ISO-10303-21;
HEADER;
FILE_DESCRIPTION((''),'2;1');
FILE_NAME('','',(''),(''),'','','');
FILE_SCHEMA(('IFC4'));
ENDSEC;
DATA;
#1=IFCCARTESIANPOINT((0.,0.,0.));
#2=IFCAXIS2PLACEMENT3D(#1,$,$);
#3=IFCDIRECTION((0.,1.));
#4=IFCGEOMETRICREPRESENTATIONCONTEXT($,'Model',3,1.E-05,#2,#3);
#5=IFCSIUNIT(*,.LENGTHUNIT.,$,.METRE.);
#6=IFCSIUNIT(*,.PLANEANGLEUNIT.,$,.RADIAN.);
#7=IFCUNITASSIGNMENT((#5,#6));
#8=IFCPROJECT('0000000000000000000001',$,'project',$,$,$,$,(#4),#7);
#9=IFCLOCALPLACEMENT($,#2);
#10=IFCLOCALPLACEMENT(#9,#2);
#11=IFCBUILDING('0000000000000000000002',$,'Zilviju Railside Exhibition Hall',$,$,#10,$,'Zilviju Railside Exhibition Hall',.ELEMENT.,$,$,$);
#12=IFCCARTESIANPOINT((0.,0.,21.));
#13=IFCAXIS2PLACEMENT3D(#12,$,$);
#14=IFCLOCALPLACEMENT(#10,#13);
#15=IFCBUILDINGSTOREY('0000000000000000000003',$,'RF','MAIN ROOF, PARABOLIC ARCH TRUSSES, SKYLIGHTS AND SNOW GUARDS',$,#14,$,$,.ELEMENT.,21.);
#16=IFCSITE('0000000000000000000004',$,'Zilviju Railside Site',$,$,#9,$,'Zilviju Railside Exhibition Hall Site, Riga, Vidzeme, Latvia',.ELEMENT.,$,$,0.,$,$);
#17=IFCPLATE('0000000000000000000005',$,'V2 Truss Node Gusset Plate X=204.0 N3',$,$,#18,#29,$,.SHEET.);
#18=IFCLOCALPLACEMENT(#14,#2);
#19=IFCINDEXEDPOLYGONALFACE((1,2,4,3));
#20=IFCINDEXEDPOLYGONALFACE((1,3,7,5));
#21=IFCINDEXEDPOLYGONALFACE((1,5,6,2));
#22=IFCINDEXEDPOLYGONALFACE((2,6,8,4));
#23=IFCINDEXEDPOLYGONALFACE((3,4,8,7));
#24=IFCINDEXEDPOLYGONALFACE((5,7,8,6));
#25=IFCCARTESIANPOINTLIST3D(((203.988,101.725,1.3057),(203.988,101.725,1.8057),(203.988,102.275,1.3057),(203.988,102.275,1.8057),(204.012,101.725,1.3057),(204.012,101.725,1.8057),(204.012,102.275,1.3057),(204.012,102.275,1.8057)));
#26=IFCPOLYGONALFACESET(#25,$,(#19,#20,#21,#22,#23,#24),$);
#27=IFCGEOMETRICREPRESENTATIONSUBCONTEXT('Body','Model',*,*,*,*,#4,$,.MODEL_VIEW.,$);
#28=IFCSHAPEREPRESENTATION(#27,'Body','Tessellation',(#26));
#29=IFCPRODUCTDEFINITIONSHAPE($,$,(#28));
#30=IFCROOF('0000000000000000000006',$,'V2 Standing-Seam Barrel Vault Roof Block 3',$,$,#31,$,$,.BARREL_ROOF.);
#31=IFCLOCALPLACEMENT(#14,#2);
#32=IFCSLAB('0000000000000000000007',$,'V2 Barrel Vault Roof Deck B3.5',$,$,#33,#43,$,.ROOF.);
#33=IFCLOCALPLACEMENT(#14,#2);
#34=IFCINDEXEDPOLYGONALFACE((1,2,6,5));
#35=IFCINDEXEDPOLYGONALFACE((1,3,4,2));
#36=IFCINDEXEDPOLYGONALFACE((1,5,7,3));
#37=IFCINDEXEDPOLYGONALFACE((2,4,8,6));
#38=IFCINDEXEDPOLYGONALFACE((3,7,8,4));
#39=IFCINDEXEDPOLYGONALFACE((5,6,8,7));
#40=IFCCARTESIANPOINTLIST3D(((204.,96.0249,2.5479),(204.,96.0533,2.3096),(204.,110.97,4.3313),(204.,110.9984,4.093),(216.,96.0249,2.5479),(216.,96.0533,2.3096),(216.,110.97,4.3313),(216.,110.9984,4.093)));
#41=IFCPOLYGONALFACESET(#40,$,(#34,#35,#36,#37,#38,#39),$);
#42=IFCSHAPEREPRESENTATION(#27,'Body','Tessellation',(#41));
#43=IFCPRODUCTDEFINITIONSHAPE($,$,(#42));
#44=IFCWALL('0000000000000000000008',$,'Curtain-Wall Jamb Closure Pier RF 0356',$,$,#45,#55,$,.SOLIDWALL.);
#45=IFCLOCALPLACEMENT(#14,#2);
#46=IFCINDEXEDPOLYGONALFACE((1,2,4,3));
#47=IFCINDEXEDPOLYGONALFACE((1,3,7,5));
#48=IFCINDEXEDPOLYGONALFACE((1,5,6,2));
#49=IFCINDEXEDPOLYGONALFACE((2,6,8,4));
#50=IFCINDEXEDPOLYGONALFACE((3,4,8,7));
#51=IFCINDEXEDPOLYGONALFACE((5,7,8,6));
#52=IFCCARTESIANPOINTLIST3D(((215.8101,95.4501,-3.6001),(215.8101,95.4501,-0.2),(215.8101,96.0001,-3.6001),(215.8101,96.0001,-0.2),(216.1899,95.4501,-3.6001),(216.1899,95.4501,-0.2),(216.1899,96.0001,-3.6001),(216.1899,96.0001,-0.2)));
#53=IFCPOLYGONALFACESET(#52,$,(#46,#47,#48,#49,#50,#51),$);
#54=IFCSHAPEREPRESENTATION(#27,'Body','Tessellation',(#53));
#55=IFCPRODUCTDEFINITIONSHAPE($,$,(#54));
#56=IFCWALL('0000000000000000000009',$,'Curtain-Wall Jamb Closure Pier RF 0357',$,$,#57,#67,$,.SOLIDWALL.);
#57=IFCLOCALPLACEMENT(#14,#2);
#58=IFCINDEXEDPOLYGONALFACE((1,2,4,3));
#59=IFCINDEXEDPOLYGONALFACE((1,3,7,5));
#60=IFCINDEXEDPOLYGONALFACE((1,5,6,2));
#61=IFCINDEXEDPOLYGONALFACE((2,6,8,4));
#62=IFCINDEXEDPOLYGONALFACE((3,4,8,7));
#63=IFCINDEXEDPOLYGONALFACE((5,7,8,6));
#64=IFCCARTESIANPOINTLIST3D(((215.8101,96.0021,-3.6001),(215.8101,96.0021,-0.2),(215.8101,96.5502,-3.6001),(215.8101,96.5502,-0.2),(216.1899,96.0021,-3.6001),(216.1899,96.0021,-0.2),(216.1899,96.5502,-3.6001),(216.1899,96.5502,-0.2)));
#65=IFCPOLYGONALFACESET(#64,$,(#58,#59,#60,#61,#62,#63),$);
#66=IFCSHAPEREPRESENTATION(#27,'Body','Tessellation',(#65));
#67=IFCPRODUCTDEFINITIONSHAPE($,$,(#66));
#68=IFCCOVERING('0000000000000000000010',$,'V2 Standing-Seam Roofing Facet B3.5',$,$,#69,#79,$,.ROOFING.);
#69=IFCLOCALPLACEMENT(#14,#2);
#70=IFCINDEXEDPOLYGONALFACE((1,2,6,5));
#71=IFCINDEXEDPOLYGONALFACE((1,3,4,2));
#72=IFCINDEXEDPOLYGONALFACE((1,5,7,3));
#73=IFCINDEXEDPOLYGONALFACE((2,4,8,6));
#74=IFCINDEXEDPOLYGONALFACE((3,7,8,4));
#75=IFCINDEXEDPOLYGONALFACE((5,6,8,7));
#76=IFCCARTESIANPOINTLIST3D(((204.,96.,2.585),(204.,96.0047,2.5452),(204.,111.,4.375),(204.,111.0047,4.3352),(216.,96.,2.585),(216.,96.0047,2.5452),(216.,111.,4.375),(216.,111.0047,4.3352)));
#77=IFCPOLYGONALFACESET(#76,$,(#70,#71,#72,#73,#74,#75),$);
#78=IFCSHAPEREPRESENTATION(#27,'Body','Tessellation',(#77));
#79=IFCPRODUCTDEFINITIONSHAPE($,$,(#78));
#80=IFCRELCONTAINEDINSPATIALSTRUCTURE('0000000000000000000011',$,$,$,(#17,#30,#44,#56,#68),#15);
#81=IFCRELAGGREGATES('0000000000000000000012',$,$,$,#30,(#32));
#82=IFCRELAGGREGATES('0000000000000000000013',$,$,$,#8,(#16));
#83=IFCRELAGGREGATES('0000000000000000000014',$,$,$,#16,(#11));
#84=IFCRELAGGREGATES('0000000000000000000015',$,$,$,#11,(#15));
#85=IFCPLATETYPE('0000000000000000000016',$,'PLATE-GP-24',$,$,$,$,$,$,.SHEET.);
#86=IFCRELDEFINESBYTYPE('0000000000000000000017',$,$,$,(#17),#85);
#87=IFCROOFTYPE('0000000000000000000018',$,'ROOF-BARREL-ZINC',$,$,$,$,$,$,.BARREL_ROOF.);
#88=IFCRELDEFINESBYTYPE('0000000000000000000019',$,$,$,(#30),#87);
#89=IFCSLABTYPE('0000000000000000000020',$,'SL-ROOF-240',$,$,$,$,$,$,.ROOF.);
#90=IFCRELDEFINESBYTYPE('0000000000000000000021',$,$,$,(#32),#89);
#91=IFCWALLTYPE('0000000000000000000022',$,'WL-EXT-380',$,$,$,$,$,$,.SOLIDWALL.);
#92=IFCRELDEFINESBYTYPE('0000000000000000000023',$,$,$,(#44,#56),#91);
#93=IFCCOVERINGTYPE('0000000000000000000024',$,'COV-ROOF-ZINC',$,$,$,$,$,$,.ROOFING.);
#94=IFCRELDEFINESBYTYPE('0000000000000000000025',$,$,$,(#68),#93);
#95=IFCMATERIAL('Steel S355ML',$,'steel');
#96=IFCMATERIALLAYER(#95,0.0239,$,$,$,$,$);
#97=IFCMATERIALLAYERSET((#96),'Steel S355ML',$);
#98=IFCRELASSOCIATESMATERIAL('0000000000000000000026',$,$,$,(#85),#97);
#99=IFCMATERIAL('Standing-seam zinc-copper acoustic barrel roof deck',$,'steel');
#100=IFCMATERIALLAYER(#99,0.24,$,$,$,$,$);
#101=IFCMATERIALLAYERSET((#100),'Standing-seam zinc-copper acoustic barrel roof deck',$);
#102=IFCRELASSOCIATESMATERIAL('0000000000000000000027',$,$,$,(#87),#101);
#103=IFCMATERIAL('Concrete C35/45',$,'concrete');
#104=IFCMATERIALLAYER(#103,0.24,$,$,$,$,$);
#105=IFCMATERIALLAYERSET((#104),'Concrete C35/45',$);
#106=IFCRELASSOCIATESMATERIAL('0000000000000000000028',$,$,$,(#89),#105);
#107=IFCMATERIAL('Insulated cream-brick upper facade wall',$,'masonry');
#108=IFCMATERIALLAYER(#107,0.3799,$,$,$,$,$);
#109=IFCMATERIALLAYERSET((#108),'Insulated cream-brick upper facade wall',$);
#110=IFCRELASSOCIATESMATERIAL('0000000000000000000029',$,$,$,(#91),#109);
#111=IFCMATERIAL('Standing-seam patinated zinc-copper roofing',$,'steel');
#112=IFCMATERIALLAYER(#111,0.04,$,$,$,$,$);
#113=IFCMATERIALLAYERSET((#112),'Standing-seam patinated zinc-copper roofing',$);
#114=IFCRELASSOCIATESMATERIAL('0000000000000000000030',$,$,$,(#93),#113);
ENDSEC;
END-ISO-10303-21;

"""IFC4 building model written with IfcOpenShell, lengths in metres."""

from ifc_helpers import new_model, si_unit, direction, frame, frame_2d, origin, origin_2d, place, context, subcontext, project, spatial, polyline, rectangle, outline, extrude, material, layer, layer_set, type_object, element, aggregate, save


model = new_model("IFC4")

# Units and contexts
model_context = context("Model", 3, precision=1e-05, world=origin(), true_north=direction((0.0, 1.0)))
body_context = subcontext(model_context, "Body", "Model", "MODEL_VIEW")
ifc_project = project(units=[si_unit("LENGTHUNIT", "METRE"), si_unit("PLANEANGLEUNIT", "RADIAN")], contexts=[model_context])

# Site, building, storey
site_placement = place(None, origin())
site = spatial("IfcSite", under=ifc_project, at=site_placement, Name="Zilviju Railside Site", LongName="Zilviju Railside Exhibition Hall Site, Riga, Vidzeme, Latvia", CompositionType="ELEMENT", RefElevation=0.0)
building_placement = place(site_placement, origin())
building = spatial("IfcBuilding", under=site, at=building_placement, Name="Zilviju Railside Exhibition Hall", LongName="Zilviju Railside Exhibition Hall", CompositionType="ELEMENT")
storey_placement = place(building_placement, frame((0.0, 0.0, 21.0)))
storey = spatial("IfcBuildingStorey", under=building, at=storey_placement, Name="RF", Description="MAIN ROOF, PARABOLIC ARCH TRUSSES, SKYLIGHTS AND SNOW GUARDS", CompositionType="ELEMENT", Elevation=21.0)

# Shared definitions
ifc_material_1 = material(Name="Steel S355ML", Category="steel")

# Plate
ifc_layer_1 = layer(ifc_material_1, 0.0239)
ifc_layer_set_1 = layer_set([ifc_layer_1], Name="Steel S355ML")
plate_type = type_object("IfcPlateType", Name="PLATE-GP-24", PredefinedType="SHEET", material=ifc_layer_set_1)
plate_placement = place(storey_placement, frame((204.0, 102.0, 1.3057), z_axis=(0.0, 0.0, 1.0), x_axis=(1.0, 0.0, 0.0)))
element("IfcPlate", 1, at=plate_placement, inside=storey, type_object=plate_type, Name="V2 Truss Node Gusset Plate X=204.0 N3", PredefinedType="SHEET", context=body_context, shape_type="SweptSolid", body=[
    extrude(rectangle(XDim=0.0239, YDim=0.55, at=origin_2d()), origin(), (0.0, 0.0, 1.0), 0.5),
])

# Roof, slab
ifc_material_2 = material(Name="Standing-seam zinc-copper acoustic barrel roof deck", Category="steel")
ifc_layer_2 = layer(ifc_material_2, 0.24)
ifc_layer_set_2 = layer_set([ifc_layer_2], Name="Standing-seam zinc-copper acoustic barrel roof deck")
roof_type = type_object("IfcRoofType", Name="ROOF-BARREL-ZINC", PredefinedType="BARREL_ROOF", material=ifc_layer_set_2)
roof_placement = place(storey_placement, origin())
roof = element("IfcRoof", 2, at=roof_placement, inside=storey, type_object=roof_type, Name="V2 Standing-Seam Barrel Vault Roof Block 3", PredefinedType="BARREL_ROOF")
ifc_material_3 = material(Name="Concrete C35/45", Category="concrete")
ifc_layer_3 = layer(ifc_material_3, 0.24)
ifc_layer_set_3 = layer_set([ifc_layer_3], Name="Concrete C35/45")
slab_type = type_object("IfcSlabType", Name="SL-ROOF-240", PredefinedType="ROOF", material=ifc_layer_set_3)
slab_placement = place(storey_placement, frame((204.0, 96.0249, 2.5479), z_axis=(0.0, -0.118493, 0.992955), x_axis=(1.0, 0.0, 0.0)))
slab = element("IfcSlab", 3, at=slab_placement, type_object=slab_type, Name="V2 Barrel Vault Roof Deck B3.5", PredefinedType="ROOF", context=body_context, shape_type="SweptSolid", body=[
    extrude(outline(polyline([(0.0, 0.0), (12.0, 0.0), (12.0, 15.0511), (0.0, 15.0511), (0.0, 0.0)])), origin(), (0.0, 0.0, -1.0), 0.24),
])
aggregate(roof, [slab])

# Walls
ifc_material_4 = material(Name="Insulated cream-brick upper facade wall", Category="masonry")
ifc_layer_4 = layer(ifc_material_4, 0.3799)
ifc_layer_set_4 = layer_set([ifc_layer_4], Name="Insulated cream-brick upper facade wall")
wall_type = type_object("IfcWallType", Name="WL-EXT-380", PredefinedType="SOLIDWALL", material=ifc_layer_set_4)
wall_1_placement = place(storey_placement, frame((216.0, 96.0, -3.6001), z_axis=(0.0, 0.0, 1.0), x_axis=(0.0, -1.0, 0.0)))
element("IfcWall", 4, at=wall_1_placement, inside=storey, type_object=wall_type, Name="Curtain-Wall Jamb Closure Pier RF 0356", PredefinedType="SOLIDWALL", context=body_context, shape_type="SweptSolid", body=[
    extrude(rectangle(XDim=0.55, YDim=0.3799, at=frame_2d((0.2749, 0.0))), origin(), (0.0, 0.0, 1.0), 3.4001),
])
wall_2_placement = place(storey_placement, frame((216.0, 96.55, -3.6001), z_axis=(0.0, 0.0, 1.0), x_axis=(0.0, -1.0, 0.0)))
element("IfcWall", 5, at=wall_2_placement, inside=storey, type_object=wall_type, Name="Curtain-Wall Jamb Closure Pier RF 0357", PredefinedType="SOLIDWALL", context=body_context, shape_type="SweptSolid", body=[
    extrude(rectangle(XDim=0.5481, YDim=0.3799, at=frame_2d((0.2739, 0.0))), origin(), (0.0, 0.0, 1.0), 3.4001),
])

# Covering
ifc_material_5 = material(Name="Standing-seam patinated zinc-copper roofing", Category="steel")
ifc_layer_5 = layer(ifc_material_5, 0.04)
ifc_layer_set_5 = layer_set([ifc_layer_5], Name="Standing-seam patinated zinc-copper roofing")
covering_type = type_object("IfcCoveringType", Name="COV-ROOF-ZINC", PredefinedType="ROOFING", material=ifc_layer_set_5)
covering_placement = place(storey_placement, frame((204.0, 96.0, 2.585), z_axis=(0.0, -0.118495, 0.992955), x_axis=(1.0, 0.0, 0.0)))
element("IfcCovering", 6, at=covering_placement, inside=storey, type_object=covering_type, Name="V2 Standing-Seam Roofing Facet B3.5", PredefinedType="ROOFING", context=body_context, shape_type="SweptSolid", body=[
    extrude(outline(polyline([(0.0, 0.0), (12.0, 0.0), (12.0, 15.1064), (0.0, 15.1064), (0.0, 0.0)])), origin(), (0.0, 0.0, -1.0), 0.04),
])

save(model, "model.ifc")
